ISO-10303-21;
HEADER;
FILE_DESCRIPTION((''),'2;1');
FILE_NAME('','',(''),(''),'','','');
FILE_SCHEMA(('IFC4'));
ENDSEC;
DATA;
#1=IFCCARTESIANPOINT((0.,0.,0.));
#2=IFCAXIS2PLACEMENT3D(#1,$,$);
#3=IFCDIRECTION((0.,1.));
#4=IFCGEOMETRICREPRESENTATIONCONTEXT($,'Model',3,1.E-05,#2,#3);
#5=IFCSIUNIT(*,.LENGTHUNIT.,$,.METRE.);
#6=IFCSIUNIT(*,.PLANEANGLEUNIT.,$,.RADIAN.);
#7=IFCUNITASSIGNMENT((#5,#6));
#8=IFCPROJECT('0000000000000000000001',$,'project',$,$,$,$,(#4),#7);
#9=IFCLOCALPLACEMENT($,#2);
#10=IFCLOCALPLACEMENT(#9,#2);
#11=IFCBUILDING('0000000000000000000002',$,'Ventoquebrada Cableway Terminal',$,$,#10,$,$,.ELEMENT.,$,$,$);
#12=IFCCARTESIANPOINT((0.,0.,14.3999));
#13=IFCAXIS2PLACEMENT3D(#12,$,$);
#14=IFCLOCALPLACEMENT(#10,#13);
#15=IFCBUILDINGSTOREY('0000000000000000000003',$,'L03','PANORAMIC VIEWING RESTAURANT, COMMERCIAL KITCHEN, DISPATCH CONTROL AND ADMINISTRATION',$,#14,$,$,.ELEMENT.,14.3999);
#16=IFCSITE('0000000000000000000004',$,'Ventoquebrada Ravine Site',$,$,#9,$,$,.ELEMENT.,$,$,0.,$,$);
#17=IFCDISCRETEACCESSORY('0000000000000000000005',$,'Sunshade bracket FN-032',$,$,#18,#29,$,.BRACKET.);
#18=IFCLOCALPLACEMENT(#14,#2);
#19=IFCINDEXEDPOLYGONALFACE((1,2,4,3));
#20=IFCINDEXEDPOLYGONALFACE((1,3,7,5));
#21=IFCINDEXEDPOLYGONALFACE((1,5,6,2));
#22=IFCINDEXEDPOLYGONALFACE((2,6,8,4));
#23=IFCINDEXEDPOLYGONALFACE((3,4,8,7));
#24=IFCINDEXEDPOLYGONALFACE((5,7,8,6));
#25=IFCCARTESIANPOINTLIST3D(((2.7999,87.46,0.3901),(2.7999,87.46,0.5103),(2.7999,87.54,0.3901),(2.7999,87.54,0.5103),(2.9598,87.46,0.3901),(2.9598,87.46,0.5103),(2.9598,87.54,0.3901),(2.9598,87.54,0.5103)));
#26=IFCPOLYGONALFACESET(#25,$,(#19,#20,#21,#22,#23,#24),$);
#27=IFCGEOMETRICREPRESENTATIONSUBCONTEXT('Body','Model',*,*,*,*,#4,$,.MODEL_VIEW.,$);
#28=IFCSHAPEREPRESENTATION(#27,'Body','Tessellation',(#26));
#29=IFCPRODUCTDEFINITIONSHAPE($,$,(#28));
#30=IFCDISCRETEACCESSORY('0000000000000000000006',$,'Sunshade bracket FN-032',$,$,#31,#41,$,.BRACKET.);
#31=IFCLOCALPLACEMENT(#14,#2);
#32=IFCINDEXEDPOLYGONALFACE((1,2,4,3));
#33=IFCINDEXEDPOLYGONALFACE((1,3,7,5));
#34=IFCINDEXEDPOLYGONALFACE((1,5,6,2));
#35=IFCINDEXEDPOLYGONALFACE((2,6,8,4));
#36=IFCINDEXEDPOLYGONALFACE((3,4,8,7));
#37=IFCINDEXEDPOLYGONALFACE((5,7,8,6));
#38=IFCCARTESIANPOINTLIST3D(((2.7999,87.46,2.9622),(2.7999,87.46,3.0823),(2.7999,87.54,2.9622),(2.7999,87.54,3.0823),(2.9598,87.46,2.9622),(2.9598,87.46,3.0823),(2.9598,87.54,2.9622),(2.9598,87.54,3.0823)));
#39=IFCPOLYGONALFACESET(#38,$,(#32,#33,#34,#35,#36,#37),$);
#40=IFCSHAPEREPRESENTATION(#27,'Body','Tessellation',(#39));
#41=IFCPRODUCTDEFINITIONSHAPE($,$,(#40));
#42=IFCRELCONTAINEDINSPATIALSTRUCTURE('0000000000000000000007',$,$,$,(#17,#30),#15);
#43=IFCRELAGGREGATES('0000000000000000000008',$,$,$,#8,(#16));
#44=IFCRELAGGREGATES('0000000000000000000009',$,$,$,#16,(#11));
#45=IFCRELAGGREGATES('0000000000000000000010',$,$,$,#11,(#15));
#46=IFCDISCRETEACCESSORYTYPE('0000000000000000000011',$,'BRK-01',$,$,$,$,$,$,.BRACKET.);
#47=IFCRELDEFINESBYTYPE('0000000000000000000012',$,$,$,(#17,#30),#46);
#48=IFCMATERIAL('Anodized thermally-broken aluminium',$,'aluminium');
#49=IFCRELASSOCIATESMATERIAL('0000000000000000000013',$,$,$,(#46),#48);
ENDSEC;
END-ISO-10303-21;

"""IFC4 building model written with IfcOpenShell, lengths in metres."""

from ifc_helpers import new_model, si_unit, direction, frame, origin, origin_2d, place, context, subcontext, project, spatial, rectangle, extrude, material, type_object, element, save


model = new_model("IFC4")

# Units and contexts
model_context = context("Model", 3, precision=1e-05, world=origin(), true_north=direction((0.0, 1.0)))
body_context = subcontext(model_context, "Body", "Model", "MODEL_VIEW")
ifc_project = project(units=[si_unit("LENGTHUNIT", "METRE"), si_unit("PLANEANGLEUNIT", "RADIAN")], contexts=[model_context])

# Site, building, storey
site_placement = place(None, origin())
site = spatial("IfcSite", under=ifc_project, at=site_placement, Name="Ventoquebrada Ravine Site", CompositionType="ELEMENT", RefElevation=0.0)
building_placement = place(site_placement, origin())
building = spatial("IfcBuilding", under=site, at=building_placement, Name="Ventoquebrada Cableway Terminal", CompositionType="ELEMENT")
storey_placement = place(building_placement, frame((0.0, 0.0, 14.3999)))
storey = spatial("IfcBuildingStorey", under=building, at=storey_placement, Name="L03", Description="PANORAMIC VIEWING RESTAURANT, COMMERCIAL KITCHEN, DISPATCH CONTROL AND ADMINISTRATION", CompositionType="ELEMENT", Elevation=14.3999)

# Shared definitions
ifc_material_1 = material(Name="Anodized thermally-broken aluminium", Category="aluminium")

# Discrete accessories
discrete_accessory_type = type_object("IfcDiscreteAccessoryType", Name="BRK-01", PredefinedType="BRACKET", material=ifc_material_1)
for number, where, z_axis, x_axis, name in (
    (1, (2.8799, 87.5, 0.3901), (0.0, 0.0, 1.0), (0.0, -1.0, 0.0), "Sunshade bracket FN-032"),
    (2, (2.8799, 87.5, 2.9622), (0.0, 0.0, 1.0), (0.0, -1.0, 0.0), "Sunshade bracket FN-032"),
):
    element("IfcDiscreteAccessory", number, at=place(storey_placement, frame(where, z_axis=z_axis, x_axis=x_axis)), inside=storey, type_object=discrete_accessory_type, Name=name, PredefinedType="BRACKET", context=body_context, shape_type="SweptSolid", body=[
        extrude(rectangle(XDim=0.0801, YDim=0.1599, at=origin_2d()), origin(), (0.0, 0.0, 1.0), 0.1201),
    ])

save(model, "model.ifc")
